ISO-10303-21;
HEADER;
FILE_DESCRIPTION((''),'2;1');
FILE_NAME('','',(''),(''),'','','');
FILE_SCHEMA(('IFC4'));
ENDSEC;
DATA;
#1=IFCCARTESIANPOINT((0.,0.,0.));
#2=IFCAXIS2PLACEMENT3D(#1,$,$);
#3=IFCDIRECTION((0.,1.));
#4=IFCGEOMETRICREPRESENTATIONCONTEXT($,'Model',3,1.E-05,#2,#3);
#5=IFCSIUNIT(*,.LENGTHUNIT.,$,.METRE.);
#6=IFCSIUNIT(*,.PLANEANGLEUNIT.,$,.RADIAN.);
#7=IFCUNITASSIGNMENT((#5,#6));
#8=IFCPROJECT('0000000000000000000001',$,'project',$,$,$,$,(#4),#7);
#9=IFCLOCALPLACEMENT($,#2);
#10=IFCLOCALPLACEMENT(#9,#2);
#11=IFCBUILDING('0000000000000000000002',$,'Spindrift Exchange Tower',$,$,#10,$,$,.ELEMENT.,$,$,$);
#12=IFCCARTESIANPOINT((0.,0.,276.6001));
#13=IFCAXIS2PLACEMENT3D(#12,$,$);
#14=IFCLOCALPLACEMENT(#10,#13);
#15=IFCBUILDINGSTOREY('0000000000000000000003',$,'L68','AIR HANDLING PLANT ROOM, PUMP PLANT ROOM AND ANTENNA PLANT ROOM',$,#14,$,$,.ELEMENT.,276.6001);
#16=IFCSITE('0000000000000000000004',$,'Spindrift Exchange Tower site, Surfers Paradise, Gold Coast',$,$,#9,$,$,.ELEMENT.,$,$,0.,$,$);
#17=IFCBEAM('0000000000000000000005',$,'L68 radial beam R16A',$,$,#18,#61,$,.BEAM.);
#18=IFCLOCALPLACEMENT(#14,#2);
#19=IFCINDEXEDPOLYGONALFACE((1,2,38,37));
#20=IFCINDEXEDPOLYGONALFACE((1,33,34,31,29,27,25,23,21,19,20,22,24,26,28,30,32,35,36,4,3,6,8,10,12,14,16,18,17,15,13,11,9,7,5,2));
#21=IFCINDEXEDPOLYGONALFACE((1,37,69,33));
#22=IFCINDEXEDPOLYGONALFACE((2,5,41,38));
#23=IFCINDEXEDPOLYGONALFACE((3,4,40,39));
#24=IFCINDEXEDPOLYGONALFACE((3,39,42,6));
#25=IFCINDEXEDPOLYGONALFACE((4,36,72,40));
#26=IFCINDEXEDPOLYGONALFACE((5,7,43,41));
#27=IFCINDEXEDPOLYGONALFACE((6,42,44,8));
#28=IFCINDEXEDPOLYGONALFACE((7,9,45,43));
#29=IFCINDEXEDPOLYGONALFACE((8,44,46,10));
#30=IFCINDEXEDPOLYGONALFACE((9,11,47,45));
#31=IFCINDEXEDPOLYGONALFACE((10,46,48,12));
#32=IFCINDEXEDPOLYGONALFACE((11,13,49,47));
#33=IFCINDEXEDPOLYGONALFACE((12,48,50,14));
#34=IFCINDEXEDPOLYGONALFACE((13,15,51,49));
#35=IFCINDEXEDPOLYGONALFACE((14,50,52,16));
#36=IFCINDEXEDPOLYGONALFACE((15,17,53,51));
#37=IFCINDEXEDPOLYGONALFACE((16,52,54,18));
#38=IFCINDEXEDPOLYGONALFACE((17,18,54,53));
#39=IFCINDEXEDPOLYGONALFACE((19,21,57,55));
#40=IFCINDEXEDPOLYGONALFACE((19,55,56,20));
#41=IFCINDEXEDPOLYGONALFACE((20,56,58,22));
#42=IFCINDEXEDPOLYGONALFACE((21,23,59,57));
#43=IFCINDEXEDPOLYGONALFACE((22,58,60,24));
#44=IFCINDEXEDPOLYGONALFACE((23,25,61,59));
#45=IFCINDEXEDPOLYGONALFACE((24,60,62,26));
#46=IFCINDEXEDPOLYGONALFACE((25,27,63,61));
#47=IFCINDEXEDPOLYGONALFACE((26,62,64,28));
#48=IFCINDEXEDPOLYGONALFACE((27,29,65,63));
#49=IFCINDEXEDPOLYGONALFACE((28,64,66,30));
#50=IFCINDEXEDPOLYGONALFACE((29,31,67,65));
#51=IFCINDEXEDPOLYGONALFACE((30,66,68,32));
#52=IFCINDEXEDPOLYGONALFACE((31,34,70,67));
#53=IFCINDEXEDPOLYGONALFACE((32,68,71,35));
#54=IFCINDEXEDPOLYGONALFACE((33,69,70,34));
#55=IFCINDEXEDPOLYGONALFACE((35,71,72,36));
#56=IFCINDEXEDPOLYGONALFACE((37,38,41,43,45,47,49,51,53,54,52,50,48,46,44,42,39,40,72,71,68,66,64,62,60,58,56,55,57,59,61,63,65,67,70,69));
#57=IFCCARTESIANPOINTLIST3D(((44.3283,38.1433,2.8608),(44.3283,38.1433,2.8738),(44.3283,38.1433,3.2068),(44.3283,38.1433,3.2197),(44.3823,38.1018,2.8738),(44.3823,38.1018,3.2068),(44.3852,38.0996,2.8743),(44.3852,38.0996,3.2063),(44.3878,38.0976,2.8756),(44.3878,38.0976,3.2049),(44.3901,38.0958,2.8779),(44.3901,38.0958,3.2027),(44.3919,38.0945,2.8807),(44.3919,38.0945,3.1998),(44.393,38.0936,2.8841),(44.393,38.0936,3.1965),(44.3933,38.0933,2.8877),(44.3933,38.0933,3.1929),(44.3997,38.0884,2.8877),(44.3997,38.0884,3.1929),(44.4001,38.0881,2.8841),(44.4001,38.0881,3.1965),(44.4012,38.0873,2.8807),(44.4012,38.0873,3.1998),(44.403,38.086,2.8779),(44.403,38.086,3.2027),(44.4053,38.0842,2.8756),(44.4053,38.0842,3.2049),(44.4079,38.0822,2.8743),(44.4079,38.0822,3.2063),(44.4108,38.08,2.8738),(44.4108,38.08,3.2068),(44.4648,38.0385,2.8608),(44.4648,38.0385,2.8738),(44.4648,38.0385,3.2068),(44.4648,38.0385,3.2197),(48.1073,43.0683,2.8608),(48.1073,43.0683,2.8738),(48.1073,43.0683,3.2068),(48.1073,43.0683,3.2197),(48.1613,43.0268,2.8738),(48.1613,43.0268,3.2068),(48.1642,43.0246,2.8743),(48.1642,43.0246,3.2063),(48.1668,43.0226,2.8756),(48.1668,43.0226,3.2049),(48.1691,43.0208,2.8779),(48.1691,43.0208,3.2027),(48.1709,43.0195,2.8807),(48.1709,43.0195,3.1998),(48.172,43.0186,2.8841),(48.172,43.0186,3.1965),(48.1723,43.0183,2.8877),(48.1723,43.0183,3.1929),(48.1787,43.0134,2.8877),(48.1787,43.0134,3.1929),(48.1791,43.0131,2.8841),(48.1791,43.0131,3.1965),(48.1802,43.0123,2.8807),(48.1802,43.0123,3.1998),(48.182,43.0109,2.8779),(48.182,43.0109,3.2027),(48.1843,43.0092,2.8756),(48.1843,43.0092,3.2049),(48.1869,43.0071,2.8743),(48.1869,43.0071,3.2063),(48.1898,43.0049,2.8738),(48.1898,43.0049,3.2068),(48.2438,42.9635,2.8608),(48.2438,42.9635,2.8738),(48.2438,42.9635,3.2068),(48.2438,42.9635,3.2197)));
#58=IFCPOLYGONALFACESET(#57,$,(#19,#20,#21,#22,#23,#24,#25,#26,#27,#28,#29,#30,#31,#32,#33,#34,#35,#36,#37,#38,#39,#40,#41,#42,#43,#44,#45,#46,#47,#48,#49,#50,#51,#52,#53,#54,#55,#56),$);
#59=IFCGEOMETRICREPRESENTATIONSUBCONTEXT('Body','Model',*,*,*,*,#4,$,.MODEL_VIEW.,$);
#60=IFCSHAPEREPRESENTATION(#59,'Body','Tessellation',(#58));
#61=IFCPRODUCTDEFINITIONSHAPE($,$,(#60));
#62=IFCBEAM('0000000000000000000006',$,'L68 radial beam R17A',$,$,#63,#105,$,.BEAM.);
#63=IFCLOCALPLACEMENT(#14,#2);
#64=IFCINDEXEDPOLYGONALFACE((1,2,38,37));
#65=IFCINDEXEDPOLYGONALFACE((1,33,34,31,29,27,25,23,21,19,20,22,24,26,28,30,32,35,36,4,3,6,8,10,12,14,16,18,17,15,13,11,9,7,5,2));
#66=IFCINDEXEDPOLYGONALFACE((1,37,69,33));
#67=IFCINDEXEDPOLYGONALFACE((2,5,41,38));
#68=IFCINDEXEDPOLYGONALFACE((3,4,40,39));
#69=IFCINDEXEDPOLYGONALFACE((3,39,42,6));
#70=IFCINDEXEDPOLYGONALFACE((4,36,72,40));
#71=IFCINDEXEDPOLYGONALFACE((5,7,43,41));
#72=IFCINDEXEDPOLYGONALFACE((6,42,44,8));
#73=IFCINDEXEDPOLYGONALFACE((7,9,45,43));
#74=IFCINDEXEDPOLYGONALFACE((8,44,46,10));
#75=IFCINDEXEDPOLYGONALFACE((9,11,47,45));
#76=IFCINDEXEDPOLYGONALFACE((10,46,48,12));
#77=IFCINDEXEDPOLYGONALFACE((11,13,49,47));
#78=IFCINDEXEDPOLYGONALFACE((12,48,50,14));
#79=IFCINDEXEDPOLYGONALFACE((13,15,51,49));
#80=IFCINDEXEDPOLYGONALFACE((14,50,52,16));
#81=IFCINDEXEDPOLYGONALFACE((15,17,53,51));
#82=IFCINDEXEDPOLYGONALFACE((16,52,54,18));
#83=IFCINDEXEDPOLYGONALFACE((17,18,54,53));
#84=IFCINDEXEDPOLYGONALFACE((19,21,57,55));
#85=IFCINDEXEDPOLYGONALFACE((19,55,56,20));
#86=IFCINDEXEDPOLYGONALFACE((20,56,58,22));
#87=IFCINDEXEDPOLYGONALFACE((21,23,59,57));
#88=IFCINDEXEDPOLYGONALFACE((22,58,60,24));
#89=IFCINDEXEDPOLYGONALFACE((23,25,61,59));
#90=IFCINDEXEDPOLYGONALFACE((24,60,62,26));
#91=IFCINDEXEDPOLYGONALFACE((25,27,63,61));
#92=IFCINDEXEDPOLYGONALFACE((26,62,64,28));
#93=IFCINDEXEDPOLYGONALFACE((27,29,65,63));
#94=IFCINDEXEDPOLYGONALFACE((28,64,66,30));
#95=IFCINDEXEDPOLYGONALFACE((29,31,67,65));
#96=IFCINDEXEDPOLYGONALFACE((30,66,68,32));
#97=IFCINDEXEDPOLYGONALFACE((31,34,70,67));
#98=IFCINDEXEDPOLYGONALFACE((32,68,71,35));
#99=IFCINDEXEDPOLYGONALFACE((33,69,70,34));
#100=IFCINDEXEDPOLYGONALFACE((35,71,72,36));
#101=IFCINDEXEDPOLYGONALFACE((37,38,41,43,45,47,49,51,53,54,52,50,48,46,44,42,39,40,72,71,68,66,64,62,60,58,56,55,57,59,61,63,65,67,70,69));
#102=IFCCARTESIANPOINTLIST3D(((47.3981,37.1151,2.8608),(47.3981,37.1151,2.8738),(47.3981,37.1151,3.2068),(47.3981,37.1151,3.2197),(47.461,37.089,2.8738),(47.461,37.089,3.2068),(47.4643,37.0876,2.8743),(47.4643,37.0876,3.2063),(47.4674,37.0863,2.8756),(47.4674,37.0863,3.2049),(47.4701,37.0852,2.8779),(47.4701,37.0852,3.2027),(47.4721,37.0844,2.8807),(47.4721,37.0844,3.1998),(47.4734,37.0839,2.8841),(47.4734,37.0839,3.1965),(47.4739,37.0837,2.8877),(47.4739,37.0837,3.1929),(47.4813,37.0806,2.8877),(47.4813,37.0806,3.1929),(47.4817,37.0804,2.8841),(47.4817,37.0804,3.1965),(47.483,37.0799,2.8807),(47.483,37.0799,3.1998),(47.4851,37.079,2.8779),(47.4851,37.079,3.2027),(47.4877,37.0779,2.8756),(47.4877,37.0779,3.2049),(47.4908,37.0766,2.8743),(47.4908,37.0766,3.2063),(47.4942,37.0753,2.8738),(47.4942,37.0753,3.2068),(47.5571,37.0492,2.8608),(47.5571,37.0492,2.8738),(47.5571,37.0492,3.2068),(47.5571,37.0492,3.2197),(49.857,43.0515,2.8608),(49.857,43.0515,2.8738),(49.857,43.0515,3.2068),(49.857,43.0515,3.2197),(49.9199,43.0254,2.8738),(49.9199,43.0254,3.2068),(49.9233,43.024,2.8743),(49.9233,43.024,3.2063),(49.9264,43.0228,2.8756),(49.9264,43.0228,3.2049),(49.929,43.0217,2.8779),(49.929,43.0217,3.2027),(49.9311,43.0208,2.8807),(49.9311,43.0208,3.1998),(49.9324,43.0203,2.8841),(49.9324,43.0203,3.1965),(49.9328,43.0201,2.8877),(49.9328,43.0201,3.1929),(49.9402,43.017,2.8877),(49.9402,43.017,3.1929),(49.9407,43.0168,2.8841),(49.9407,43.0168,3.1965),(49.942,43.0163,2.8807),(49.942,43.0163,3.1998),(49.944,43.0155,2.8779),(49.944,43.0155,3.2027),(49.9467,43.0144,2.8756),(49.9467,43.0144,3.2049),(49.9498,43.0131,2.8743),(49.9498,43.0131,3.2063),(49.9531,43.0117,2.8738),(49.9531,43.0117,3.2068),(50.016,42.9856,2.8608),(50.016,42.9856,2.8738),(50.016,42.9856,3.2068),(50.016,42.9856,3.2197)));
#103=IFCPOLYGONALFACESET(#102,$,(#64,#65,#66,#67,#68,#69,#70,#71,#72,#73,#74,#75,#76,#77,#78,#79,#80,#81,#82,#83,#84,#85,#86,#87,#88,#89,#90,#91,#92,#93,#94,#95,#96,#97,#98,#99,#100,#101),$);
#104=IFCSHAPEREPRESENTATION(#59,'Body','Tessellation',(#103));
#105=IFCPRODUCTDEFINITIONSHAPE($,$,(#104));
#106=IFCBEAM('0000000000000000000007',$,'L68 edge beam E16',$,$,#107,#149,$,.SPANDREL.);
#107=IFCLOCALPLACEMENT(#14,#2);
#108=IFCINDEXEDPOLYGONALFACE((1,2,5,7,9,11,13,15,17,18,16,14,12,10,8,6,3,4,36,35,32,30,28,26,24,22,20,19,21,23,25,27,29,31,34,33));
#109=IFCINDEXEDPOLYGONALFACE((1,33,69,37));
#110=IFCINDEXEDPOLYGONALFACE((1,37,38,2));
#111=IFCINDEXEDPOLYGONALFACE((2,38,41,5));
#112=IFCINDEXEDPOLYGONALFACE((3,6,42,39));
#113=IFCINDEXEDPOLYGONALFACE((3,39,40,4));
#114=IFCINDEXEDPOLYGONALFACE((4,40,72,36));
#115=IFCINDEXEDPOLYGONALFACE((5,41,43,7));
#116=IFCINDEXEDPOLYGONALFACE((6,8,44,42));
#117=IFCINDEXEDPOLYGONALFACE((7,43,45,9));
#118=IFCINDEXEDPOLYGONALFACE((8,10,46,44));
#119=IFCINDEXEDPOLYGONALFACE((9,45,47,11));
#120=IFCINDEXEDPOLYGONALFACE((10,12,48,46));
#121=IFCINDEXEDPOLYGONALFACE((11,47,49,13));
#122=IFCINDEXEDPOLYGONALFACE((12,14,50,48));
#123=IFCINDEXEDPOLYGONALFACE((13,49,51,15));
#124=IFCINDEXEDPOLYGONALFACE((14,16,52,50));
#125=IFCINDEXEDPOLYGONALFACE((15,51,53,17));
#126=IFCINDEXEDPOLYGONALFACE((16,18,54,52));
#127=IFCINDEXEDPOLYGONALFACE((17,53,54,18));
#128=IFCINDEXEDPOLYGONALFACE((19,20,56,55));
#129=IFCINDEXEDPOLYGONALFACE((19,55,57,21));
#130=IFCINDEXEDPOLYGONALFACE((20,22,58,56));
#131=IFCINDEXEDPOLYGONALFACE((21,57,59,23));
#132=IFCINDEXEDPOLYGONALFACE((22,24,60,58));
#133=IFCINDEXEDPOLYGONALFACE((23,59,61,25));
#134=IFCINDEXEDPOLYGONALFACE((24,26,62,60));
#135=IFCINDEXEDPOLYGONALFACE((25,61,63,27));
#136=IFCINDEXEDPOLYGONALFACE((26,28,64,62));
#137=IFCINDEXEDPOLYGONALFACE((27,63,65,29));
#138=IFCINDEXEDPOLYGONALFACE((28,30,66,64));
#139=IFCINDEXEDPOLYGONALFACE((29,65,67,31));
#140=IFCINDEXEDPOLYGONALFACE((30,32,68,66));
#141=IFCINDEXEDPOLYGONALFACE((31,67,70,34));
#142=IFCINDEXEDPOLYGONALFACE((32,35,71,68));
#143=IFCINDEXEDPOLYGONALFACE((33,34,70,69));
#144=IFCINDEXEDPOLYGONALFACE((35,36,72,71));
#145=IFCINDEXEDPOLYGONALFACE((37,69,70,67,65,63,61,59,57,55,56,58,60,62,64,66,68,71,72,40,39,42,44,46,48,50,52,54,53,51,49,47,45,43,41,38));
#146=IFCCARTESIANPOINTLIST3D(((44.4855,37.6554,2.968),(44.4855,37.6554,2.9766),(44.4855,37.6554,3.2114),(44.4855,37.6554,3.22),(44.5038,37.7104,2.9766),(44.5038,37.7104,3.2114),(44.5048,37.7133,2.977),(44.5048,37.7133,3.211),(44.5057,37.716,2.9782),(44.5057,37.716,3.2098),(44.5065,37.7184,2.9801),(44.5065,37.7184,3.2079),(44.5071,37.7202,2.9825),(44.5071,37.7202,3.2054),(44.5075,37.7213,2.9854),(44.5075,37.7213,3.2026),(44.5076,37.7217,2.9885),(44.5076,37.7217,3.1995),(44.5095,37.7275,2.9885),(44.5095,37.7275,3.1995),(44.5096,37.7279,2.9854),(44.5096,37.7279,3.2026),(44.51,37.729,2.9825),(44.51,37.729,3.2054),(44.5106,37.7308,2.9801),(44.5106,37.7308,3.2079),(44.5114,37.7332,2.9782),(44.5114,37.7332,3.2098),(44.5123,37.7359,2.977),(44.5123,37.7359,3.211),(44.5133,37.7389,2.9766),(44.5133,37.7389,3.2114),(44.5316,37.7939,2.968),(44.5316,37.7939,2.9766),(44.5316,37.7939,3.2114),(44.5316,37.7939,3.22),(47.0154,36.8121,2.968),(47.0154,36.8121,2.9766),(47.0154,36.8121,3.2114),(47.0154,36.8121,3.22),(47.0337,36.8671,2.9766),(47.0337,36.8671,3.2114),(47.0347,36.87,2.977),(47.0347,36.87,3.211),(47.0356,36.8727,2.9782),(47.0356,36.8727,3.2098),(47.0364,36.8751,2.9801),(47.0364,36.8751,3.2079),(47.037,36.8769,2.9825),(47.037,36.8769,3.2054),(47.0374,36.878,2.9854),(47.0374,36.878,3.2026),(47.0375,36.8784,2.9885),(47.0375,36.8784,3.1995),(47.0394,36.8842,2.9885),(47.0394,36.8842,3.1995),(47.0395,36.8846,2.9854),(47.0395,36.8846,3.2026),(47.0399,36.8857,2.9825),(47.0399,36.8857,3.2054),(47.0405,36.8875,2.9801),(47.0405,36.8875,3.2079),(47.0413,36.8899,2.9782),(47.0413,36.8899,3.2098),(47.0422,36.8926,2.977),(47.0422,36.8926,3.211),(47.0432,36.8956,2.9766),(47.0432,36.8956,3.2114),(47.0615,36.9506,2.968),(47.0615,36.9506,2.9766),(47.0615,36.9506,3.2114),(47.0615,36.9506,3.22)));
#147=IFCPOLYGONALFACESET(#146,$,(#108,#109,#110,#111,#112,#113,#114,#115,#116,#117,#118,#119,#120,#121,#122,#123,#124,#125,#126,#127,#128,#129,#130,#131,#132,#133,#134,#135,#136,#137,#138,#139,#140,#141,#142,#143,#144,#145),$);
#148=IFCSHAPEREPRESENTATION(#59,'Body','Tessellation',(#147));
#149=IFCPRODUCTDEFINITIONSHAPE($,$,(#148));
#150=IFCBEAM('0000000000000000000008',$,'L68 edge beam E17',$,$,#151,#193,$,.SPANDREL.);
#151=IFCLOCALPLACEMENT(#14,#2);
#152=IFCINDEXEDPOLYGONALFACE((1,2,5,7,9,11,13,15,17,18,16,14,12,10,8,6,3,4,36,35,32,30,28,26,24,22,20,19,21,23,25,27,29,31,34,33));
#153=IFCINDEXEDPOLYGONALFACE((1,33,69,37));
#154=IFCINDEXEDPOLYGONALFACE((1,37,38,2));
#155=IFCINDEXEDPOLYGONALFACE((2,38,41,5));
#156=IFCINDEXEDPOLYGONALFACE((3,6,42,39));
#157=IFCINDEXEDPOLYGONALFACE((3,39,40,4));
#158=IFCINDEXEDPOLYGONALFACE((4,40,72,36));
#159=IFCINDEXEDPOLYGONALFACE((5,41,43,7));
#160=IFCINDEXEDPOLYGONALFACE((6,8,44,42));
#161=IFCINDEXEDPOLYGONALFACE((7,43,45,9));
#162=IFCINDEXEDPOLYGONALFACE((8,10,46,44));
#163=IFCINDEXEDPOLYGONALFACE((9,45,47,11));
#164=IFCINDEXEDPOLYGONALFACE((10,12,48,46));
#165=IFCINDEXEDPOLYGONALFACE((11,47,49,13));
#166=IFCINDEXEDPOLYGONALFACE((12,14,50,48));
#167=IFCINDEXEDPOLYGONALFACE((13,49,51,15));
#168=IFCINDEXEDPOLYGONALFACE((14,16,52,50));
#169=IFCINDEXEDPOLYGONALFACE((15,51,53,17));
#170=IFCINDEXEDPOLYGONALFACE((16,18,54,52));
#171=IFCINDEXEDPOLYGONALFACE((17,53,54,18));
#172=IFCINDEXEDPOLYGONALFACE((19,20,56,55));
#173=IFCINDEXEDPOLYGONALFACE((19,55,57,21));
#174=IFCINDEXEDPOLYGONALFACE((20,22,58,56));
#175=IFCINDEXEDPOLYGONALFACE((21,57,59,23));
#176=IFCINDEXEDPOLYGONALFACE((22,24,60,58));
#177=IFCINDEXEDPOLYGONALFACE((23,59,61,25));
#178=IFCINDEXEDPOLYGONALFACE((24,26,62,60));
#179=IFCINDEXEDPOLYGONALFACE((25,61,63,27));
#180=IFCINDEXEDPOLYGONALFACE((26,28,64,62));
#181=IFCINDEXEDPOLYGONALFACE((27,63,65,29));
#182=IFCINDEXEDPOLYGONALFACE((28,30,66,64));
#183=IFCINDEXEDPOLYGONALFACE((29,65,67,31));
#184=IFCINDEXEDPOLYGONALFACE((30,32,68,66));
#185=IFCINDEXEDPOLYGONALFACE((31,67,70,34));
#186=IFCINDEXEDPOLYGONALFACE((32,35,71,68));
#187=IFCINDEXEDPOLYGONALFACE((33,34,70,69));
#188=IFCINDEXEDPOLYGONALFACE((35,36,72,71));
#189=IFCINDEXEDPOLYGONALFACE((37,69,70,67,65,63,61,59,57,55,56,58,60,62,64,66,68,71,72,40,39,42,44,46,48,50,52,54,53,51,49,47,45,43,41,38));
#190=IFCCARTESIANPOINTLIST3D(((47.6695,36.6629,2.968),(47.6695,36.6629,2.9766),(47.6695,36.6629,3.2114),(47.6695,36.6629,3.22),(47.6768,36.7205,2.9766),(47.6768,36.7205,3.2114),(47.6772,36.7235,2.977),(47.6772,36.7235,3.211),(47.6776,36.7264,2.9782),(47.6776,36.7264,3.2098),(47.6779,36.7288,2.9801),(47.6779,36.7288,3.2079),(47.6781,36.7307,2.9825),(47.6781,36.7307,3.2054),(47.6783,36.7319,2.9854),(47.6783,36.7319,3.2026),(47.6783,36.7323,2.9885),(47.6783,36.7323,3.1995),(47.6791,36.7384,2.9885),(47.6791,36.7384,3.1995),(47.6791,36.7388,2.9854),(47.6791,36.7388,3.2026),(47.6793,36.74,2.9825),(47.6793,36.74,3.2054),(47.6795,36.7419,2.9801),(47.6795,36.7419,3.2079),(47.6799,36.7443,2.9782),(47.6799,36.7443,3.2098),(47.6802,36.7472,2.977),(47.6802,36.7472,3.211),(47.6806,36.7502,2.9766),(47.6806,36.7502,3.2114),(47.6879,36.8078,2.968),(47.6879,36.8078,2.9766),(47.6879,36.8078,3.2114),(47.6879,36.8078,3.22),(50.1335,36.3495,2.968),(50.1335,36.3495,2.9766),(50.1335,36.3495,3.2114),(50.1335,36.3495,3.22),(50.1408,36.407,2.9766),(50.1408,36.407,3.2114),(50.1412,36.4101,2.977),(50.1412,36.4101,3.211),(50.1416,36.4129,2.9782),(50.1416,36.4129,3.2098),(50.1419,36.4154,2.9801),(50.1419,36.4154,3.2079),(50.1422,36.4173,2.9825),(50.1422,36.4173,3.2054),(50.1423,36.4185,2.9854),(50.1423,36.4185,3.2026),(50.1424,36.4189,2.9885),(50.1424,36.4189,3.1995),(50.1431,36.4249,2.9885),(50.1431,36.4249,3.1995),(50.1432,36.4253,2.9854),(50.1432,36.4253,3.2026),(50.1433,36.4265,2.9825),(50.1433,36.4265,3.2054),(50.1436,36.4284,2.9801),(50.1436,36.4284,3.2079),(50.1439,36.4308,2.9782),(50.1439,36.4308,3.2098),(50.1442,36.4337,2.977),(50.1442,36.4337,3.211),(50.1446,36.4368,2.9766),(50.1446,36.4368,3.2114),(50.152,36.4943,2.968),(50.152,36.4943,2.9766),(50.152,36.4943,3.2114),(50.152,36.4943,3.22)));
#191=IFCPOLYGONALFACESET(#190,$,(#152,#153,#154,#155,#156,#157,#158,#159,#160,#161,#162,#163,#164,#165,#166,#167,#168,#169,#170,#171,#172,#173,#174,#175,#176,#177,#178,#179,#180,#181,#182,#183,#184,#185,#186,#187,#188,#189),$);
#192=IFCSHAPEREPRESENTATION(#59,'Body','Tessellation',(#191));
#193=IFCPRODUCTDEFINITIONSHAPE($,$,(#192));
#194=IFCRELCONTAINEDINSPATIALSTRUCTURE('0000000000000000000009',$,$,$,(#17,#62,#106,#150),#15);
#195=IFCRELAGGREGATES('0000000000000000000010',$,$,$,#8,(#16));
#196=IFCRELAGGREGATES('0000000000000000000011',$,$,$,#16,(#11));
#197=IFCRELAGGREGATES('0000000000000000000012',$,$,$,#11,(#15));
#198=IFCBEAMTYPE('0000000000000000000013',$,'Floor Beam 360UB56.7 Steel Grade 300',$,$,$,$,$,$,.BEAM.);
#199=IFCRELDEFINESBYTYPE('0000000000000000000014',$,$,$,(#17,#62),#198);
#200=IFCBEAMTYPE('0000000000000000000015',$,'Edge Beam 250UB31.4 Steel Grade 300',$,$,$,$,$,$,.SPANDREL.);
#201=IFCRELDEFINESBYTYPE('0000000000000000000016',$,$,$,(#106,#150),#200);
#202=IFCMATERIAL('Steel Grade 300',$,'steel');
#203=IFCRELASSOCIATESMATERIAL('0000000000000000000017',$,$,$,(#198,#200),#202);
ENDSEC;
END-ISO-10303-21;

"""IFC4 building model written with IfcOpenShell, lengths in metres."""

from ifc_helpers import new_model, si_unit, direction, frame, origin, origin_2d, place, context, subcontext, project, spatial, i_section, extrude, source, transform, mapped, material, material_profile, profile_set, type_object, element, save


model = new_model("IFC4")

# Units and contexts
model_context = context("Model", 3, precision=1e-05, world=origin(), true_north=direction((0.0, 1.0)))
body_context = subcontext(model_context, "Body", "Model", "MODEL_VIEW")
ifc_project = project(units=[si_unit("LENGTHUNIT", "METRE"), si_unit("PLANEANGLEUNIT", "RADIAN")], contexts=[model_context])

# Site, building, storey
site_placement = place(None, origin())
site = spatial("IfcSite", under=ifc_project, at=site_placement, Name="Spindrift Exchange Tower site, Surfers Paradise, Gold Coast", CompositionType="ELEMENT", RefElevation=0.0)
building_placement = place(site_placement, origin())
building = spatial("IfcBuilding", under=site, at=building_placement, Name="Spindrift Exchange Tower", CompositionType="ELEMENT")
storey_placement = place(building_placement, frame((0.0, 0.0, 276.6001)))
storey = spatial("IfcBuildingStorey", under=building, at=storey_placement, Name="L68", Description="AIR HANDLING PLANT ROOM, PUMP PLANT ROOM AND ANTENNA PLANT ROOM", CompositionType="ELEMENT", Elevation=276.6001)

# Beams
ifc_material_1 = material(Name="Steel Grade 300", Category="steel")
ifc_material_profile_1 = material_profile(ifc_material_1, i_section(OverallWidth=0.1721, OverallDepth=0.3589, WebThickness=0.0081, FlangeThickness=0.0129, FilletRadius=0.0139, at=origin_2d()), Name="360UB56.7")
ifc_profile_set_1 = profile_set([ifc_material_profile_1], Name="Steel Grade 300")
beam_type_1 = type_object("IfcBeamType", Name="Floor Beam 360UB56.7 Steel Grade 300", PredefinedType="BEAM", material=ifc_profile_set_1)
shared_shape_1 = source(origin(), body_context, "Body", "SweptSolid", [
    extrude(i_section(OverallWidth=0.1721, OverallDepth=0.3589, WebThickness=0.0081, FlangeThickness=0.0129, FilletRadius=0.0139, at=origin_2d()), origin(), (0.0, 0.0, 1.0), 6.2078),
])
beam_1_placement = place(storey_placement, frame((48.1755, 43.0159, 3.0403), z_axis=(-0.608754, -0.793359, 0.0), x_axis=(0.793359, -0.608754, 0.0)))
element("IfcBeam", 1, at=beam_1_placement, inside=storey, type_object=beam_type_1, Name="L68 radial beam R16A", PredefinedType="BEAM", context=body_context, shape_type="MappedRepresentation", body=[
    mapped(shared_shape_1, transform((0.0, 0.0, 0.0), scale=1.0)),
])
shared_shape_2 = source(origin(), body_context, "Body", "SweptSolid", [
    extrude(i_section(OverallWidth=0.1721, OverallDepth=0.3589, WebThickness=0.0081, FlangeThickness=0.0129, FilletRadius=0.0139, at=origin_2d()), origin(), (0.0, 0.0, 1.0), 6.4255),
])
beam_2_placement = place(storey_placement, frame((49.9365, 43.0186, 3.0403), z_axis=(-0.382683, -0.92388, 0.0), x_axis=(0.92388, -0.382683, 0.0)))
element("IfcBeam", 2, at=beam_2_placement, inside=storey, type_object=beam_type_1, Name="L68 radial beam R17A", PredefinedType="BEAM", context=body_context, shape_type="MappedRepresentation", body=[
    mapped(shared_shape_2, transform((0.0, 0.0, 0.0), scale=1.0)),
])
ifc_material_profile_2 = material_profile(ifc_material_1, i_section(OverallWidth=0.146, OverallDepth=0.252, WebThickness=0.0061, FlangeThickness=0.0085, FilletRadius=0.012, at=origin_2d()), Name="250UB31.4")
ifc_profile_set_2 = profile_set([ifc_material_profile_2], Name="Steel Grade 300")
beam_type_2 = type_object("IfcBeamType", Name="Edge Beam 250UB31.4 Steel Grade 300", PredefinedType="SPANDREL", material=ifc_profile_set_2)
shared_shape_3 = source(origin(), body_context, "Body", "SweptSolid", [
    extrude(i_section(OverallWidth=0.146, OverallDepth=0.252, WebThickness=0.0061, FlangeThickness=0.0085, FilletRadius=0.012, at=origin_2d()), origin(), (0.0, 0.0, 1.0), 2.6667),
])
beam_3_placement = place(storey_placement, frame((44.5085, 37.7246, 3.094), z_axis=(0.948683, -0.316228, 0.0), x_axis=(0.316228, 0.948683, 0.0)))
element("IfcBeam", 3, at=beam_3_placement, inside=storey, type_object=beam_type_2, Name="L68 edge beam E16", PredefinedType="SPANDREL", context=body_context, shape_type="MappedRepresentation", body=[
    mapped(shared_shape_3, transform((0.0, 0.0, 0.0), scale=1.0)),
])
shared_shape_4 = source(origin(), body_context, "Body", "SweptSolid", [
    extrude(i_section(OverallWidth=0.146, OverallDepth=0.252, WebThickness=0.0061, FlangeThickness=0.0085, FilletRadius=0.012, at=origin_2d()), origin(), (0.0, 0.0, 1.0), 2.4839),
])
beam_4_placement = place(storey_placement, frame((47.6787, 36.7354, 3.094), z_axis=(0.992005, -0.1262, 0.0), x_axis=(0.1262, 0.992005, 0.0)))
element("IfcBeam", 4, at=beam_4_placement, inside=storey, type_object=beam_type_2, Name="L68 edge beam E17", PredefinedType="SPANDREL", context=body_context, shape_type="MappedRepresentation", body=[
    mapped(shared_shape_4, transform((0.0, 0.0, 0.0), scale=1.0)),
])

save(model, "model.ifc")
